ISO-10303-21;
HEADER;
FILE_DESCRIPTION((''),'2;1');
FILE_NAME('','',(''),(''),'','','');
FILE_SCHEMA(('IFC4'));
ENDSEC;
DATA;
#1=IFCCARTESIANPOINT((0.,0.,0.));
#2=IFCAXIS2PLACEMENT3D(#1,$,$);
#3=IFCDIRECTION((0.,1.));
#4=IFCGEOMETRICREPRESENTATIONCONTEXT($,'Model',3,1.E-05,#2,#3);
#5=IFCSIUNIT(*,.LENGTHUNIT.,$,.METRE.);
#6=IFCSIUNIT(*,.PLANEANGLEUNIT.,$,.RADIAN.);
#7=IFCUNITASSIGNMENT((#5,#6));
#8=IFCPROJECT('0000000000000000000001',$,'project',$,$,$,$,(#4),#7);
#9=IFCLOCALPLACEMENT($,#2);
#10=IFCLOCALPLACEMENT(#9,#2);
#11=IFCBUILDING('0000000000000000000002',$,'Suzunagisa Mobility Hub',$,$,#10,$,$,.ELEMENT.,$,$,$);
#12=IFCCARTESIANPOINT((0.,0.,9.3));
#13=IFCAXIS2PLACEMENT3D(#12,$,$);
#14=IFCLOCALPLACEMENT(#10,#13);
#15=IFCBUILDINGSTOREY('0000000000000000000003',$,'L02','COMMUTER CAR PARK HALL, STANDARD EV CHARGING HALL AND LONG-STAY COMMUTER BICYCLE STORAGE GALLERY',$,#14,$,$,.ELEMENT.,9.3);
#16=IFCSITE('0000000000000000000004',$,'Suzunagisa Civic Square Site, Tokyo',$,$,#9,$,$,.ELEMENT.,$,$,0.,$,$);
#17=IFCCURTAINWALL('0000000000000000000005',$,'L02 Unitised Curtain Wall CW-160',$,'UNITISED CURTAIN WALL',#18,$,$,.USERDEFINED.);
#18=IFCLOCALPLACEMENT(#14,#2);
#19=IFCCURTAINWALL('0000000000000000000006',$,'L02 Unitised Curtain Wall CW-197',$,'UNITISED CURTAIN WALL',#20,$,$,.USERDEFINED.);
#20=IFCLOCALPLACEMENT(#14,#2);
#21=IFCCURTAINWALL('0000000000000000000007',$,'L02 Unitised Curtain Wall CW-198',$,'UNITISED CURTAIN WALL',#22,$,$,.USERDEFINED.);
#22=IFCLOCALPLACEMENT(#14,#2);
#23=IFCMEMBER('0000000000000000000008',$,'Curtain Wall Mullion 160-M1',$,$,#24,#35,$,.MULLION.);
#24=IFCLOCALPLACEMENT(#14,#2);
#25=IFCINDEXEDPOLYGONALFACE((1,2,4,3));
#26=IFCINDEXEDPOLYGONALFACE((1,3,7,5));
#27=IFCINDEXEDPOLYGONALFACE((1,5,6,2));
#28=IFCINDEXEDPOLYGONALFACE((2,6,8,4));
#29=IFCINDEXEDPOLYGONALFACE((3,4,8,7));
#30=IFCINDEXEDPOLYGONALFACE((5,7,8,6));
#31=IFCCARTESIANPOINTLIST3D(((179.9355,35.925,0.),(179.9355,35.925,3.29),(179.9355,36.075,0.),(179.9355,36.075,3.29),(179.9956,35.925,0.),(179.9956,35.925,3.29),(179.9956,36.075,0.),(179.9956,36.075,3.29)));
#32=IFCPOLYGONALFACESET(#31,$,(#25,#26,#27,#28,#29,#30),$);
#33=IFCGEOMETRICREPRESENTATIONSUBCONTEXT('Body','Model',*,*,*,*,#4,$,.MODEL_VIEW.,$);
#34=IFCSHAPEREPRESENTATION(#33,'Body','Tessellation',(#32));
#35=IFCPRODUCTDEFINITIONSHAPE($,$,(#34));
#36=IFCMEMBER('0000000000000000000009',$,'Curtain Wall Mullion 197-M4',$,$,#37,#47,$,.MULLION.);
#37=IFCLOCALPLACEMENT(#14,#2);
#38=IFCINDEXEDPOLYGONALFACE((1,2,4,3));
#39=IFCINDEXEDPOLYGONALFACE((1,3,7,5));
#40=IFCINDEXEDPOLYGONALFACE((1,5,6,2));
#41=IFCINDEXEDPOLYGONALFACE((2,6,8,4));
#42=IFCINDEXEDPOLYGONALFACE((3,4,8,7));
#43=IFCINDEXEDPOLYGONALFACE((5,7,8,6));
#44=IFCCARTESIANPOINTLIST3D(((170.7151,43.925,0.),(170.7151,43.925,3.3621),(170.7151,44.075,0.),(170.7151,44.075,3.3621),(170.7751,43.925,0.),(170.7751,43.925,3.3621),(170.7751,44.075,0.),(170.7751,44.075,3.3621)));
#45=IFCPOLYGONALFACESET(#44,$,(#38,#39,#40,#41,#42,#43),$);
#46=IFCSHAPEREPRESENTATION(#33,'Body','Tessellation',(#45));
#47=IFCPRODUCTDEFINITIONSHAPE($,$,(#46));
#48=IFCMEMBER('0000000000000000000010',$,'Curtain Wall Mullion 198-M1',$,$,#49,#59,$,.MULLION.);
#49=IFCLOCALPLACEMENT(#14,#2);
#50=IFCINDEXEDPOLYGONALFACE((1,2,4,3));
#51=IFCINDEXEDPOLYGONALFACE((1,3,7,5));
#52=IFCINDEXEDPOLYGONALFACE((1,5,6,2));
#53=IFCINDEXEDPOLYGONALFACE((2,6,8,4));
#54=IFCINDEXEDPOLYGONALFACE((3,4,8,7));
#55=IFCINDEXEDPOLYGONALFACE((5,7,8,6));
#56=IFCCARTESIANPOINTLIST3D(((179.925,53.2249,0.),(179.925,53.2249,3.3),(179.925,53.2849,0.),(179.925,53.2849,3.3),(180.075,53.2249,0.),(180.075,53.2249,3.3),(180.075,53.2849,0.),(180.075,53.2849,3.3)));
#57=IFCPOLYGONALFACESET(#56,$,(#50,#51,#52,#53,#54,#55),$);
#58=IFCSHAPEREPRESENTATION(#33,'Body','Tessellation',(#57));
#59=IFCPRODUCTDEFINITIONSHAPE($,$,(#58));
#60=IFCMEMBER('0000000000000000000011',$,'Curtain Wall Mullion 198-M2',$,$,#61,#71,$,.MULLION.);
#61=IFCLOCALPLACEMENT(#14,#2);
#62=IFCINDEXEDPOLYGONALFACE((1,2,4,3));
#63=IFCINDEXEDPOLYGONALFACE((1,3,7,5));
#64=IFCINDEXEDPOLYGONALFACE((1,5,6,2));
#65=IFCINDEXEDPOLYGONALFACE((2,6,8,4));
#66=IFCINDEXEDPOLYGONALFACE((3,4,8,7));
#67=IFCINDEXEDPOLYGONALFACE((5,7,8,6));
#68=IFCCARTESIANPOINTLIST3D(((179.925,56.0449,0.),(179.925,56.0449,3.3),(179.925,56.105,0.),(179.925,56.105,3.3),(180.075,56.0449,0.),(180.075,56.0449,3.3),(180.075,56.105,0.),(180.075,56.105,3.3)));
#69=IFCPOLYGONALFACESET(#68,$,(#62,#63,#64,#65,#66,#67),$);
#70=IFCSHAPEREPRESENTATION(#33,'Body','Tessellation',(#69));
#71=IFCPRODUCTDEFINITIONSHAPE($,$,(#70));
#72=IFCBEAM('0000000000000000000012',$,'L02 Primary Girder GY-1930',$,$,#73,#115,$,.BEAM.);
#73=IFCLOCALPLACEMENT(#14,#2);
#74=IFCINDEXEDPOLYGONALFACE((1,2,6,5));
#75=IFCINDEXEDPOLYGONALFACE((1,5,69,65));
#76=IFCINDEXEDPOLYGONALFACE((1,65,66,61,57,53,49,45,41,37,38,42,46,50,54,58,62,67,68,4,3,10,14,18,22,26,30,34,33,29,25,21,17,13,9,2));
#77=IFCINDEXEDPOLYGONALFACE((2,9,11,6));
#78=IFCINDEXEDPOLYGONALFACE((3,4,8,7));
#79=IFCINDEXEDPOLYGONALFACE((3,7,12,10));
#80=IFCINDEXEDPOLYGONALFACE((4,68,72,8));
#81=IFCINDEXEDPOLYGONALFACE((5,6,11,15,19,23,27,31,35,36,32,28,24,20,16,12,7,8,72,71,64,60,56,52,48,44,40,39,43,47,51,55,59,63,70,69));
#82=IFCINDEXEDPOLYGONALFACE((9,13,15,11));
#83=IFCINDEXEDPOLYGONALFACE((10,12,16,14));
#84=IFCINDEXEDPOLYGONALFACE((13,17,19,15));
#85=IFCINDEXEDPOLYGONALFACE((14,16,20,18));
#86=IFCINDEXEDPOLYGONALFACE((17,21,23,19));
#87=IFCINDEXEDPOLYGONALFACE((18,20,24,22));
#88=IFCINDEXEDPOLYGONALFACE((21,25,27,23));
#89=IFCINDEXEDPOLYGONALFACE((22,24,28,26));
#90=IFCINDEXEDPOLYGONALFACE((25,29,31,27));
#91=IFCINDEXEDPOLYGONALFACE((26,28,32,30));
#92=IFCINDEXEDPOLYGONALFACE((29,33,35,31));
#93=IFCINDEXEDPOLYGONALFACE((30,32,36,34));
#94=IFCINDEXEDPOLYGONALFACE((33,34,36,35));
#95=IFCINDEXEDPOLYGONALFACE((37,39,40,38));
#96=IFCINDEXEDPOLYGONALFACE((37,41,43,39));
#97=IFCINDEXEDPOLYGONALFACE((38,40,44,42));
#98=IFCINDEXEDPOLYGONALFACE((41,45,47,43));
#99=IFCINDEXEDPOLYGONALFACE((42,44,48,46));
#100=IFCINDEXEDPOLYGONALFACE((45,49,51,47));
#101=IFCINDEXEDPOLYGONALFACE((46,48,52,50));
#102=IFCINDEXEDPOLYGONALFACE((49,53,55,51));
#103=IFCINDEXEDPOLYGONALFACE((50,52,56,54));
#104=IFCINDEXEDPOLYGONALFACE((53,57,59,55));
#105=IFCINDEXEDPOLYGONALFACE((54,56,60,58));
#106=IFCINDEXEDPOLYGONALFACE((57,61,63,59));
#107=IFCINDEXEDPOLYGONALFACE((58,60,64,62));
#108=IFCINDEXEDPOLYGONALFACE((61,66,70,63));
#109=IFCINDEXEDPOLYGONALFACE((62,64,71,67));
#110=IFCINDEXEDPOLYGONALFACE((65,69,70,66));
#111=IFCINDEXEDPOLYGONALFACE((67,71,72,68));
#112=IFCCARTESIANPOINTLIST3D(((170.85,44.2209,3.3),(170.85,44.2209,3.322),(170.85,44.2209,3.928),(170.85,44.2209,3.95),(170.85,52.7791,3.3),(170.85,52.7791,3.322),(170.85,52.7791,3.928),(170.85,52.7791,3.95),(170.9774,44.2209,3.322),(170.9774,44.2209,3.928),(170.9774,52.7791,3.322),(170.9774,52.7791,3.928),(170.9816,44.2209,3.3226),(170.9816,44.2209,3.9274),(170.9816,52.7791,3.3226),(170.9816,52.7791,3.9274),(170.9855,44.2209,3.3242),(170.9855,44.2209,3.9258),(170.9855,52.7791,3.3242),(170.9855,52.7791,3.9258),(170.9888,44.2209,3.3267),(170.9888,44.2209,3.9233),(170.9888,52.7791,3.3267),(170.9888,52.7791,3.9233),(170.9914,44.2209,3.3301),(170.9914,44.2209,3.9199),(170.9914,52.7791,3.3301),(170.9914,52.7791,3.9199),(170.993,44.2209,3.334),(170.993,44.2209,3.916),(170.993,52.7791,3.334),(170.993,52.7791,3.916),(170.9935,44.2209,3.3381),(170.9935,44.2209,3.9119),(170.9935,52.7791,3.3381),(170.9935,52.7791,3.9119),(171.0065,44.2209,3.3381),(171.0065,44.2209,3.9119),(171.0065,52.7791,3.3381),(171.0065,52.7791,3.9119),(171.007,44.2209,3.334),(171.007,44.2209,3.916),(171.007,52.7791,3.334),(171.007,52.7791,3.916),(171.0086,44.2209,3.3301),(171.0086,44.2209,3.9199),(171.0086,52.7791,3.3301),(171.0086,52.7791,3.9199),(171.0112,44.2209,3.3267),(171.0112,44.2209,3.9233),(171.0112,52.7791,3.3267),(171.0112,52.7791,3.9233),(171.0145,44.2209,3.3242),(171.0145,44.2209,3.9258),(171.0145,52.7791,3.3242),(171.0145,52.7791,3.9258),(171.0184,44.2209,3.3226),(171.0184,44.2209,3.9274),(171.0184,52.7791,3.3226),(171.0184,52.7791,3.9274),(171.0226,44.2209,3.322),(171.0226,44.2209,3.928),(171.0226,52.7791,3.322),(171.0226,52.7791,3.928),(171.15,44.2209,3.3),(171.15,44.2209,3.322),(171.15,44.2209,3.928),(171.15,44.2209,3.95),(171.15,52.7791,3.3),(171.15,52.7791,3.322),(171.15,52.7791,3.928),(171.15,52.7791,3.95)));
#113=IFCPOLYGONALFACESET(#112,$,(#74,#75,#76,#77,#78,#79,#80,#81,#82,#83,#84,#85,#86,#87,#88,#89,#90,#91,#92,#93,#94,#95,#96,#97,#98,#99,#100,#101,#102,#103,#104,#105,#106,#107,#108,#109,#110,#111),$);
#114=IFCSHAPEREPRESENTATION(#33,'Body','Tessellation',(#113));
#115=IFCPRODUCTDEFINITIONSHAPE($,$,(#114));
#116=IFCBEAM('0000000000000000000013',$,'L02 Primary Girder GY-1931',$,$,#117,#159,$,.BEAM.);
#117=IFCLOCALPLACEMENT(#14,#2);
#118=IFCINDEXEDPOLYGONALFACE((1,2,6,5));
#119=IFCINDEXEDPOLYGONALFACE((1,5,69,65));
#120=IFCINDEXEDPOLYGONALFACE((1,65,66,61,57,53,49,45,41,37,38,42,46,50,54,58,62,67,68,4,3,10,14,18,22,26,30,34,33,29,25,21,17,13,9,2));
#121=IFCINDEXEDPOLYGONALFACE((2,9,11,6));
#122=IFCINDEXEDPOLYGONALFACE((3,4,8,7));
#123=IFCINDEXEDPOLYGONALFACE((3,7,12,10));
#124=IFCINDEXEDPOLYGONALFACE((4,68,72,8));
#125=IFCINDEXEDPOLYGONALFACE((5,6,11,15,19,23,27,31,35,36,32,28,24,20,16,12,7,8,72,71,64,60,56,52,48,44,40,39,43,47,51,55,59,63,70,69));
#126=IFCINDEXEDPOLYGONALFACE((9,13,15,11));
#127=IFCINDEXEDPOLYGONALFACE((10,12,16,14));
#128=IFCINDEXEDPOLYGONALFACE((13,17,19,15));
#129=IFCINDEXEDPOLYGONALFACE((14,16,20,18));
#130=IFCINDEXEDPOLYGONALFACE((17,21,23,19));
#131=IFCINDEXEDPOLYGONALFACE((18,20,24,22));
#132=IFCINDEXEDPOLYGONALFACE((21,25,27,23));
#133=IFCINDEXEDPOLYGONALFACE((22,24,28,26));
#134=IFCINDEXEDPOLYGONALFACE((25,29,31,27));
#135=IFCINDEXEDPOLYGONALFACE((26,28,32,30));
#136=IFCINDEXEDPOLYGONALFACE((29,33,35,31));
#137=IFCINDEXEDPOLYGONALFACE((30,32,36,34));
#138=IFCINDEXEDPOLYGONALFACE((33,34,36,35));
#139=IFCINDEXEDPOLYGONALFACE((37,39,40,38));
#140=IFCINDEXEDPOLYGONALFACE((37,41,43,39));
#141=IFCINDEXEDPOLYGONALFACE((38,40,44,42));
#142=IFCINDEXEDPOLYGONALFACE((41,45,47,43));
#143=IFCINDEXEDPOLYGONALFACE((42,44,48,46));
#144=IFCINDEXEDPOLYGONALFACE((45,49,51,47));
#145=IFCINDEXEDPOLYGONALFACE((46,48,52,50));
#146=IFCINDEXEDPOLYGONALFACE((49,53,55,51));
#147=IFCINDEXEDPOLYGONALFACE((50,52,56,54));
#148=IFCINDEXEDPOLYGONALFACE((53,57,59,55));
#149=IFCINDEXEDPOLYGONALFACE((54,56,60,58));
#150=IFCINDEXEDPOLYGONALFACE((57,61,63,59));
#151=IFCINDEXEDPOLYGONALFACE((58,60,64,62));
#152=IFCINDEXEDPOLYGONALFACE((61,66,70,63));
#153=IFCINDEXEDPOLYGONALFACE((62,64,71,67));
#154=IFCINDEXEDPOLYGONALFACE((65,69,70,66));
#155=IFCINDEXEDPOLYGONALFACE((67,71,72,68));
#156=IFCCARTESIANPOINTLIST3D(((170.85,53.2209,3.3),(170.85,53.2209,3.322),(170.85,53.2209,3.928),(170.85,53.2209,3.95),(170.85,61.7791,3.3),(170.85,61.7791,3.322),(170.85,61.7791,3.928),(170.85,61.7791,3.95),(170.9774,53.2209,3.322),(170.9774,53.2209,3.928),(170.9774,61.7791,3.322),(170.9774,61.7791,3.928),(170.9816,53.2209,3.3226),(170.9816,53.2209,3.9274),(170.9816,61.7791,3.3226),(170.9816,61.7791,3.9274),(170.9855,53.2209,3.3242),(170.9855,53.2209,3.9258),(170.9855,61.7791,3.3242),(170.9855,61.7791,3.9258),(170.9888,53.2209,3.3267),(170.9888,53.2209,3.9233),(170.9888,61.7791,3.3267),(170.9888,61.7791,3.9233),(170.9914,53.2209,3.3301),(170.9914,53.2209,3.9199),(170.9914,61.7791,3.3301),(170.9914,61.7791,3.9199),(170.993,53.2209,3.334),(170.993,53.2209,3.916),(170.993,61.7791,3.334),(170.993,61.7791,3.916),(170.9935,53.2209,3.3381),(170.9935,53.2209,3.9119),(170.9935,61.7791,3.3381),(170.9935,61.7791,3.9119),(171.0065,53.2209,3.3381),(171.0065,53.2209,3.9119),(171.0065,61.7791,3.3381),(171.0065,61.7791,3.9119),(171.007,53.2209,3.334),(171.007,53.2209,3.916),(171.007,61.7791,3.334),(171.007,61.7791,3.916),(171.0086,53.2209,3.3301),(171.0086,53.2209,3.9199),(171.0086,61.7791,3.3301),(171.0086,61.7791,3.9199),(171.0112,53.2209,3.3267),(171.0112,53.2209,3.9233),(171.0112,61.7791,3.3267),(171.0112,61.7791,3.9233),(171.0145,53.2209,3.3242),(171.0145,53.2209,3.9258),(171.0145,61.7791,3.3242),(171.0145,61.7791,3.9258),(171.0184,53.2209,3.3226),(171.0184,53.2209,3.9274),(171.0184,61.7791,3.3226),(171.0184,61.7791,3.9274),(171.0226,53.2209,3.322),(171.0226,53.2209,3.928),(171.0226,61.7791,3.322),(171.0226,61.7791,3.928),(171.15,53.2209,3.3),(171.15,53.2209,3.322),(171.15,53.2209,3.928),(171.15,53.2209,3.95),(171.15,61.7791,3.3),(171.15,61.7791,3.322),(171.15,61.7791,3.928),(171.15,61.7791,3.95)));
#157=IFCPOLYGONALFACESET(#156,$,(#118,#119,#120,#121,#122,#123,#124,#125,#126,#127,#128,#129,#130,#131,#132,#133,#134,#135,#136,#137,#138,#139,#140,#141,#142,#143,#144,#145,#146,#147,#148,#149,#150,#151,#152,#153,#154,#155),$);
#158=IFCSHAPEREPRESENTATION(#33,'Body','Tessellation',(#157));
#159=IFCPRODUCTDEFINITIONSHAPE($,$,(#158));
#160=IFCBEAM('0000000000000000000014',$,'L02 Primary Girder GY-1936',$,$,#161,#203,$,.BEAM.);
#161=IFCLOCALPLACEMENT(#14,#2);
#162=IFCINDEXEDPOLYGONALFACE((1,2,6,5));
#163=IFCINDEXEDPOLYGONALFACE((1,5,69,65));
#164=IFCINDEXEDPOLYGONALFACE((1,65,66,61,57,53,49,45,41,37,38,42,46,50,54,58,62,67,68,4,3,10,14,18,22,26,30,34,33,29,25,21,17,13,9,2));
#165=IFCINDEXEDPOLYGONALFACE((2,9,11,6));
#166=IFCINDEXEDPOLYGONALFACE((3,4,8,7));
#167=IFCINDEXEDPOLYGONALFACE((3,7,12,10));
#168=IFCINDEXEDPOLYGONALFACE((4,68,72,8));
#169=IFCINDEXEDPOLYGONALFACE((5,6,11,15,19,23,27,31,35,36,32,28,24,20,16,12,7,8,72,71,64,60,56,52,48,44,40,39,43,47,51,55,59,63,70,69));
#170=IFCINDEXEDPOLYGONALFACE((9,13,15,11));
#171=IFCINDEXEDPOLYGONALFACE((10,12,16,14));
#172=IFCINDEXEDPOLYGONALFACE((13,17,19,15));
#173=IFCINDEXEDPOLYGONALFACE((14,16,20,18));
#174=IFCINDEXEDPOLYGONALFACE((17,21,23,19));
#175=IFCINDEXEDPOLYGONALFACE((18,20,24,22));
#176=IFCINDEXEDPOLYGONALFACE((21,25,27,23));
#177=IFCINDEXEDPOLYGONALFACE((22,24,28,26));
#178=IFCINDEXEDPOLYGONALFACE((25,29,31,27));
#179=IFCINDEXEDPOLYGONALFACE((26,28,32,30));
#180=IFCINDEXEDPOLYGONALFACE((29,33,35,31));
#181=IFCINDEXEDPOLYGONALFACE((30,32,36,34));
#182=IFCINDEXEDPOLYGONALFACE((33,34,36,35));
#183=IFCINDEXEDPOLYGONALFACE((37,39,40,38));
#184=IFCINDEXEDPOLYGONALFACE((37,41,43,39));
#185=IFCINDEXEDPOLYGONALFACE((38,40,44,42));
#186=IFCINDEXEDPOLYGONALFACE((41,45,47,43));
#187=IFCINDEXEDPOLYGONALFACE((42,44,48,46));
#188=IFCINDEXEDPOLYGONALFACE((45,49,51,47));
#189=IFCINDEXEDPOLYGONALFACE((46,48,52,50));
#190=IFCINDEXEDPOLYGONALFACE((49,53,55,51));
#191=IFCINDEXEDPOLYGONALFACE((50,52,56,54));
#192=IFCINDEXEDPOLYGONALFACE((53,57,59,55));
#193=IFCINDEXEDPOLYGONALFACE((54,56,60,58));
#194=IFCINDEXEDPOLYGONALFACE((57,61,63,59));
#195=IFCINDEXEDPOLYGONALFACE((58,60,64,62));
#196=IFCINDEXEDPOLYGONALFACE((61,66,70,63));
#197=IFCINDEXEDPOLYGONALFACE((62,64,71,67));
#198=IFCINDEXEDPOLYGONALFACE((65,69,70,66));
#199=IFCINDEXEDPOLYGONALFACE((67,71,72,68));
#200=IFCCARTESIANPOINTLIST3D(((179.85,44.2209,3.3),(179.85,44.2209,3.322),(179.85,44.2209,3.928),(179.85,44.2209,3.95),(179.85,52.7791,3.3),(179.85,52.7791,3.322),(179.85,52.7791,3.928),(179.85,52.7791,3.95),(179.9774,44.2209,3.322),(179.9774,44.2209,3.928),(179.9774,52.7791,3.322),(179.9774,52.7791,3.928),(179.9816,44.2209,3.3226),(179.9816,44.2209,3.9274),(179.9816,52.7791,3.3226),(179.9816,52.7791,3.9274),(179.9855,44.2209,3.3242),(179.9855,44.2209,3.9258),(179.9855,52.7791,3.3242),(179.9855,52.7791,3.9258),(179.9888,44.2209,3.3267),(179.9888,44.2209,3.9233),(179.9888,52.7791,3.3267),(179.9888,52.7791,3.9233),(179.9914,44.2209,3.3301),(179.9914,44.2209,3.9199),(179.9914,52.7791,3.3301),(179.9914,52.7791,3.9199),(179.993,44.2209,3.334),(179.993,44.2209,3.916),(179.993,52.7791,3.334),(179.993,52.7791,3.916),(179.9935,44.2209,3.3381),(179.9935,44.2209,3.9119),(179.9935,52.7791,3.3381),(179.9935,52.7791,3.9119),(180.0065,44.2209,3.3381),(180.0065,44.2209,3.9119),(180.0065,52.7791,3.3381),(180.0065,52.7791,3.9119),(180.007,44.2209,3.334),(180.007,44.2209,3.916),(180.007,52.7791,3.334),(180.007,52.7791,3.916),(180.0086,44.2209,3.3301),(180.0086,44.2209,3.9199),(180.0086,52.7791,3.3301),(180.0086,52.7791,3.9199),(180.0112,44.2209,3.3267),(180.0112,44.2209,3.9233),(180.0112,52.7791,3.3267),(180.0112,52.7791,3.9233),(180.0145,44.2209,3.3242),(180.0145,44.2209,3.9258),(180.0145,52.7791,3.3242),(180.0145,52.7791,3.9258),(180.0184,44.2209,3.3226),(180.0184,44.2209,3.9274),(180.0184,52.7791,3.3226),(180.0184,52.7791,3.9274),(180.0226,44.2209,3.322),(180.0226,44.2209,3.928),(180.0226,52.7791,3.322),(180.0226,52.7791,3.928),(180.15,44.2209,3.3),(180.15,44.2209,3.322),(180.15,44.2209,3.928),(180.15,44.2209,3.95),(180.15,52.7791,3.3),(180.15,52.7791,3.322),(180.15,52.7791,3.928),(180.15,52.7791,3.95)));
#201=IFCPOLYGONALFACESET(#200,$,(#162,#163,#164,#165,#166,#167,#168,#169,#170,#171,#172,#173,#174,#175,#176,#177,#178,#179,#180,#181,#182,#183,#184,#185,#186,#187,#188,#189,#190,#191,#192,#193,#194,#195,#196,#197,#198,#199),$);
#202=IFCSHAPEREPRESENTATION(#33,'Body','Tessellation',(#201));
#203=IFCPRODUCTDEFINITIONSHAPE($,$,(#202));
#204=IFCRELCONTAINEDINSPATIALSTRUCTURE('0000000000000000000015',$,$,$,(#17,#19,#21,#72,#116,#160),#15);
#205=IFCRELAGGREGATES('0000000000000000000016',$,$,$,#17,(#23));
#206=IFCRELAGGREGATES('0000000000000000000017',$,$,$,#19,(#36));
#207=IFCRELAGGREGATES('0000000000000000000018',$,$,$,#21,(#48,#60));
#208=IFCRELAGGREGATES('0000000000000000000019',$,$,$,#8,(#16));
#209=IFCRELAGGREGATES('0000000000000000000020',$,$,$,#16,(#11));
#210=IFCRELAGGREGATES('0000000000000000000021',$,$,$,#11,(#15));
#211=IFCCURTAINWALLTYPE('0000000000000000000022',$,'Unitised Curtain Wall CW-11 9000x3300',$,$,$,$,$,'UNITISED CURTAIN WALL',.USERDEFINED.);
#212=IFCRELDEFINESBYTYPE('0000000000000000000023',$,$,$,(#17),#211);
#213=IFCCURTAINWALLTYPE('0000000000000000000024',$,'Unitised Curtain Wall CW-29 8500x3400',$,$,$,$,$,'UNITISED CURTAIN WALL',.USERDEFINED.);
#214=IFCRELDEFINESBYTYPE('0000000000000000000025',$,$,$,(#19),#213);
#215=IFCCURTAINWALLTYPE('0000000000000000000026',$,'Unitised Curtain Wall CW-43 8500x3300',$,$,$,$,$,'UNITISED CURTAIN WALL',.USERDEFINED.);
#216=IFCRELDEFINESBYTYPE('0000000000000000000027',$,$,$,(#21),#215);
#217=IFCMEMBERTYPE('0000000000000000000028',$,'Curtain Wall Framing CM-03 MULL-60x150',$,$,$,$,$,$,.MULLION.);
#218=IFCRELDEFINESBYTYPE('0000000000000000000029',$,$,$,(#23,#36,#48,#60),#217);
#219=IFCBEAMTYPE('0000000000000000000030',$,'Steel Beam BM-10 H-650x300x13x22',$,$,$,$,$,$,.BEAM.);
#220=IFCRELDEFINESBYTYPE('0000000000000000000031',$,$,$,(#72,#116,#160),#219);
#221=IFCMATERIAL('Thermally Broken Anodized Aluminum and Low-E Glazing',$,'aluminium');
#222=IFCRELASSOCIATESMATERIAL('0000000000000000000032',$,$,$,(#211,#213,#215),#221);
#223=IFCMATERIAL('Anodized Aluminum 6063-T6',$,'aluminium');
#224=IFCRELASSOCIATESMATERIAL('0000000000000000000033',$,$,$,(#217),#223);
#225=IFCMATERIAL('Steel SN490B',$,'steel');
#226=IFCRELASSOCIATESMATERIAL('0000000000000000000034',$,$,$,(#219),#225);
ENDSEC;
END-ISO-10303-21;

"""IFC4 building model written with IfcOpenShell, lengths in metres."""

from ifc_helpers import new_model, si_unit, direction, frame, origin, origin_2d, place, context, subcontext, project, spatial, rectangle, i_section, extrude, material, material_profile, profile_set, type_object, element, aggregate, save


model = new_model("IFC4")

# Units and contexts
model_context = context("Model", 3, precision=1e-05, world=origin(), true_north=direction((0.0, 1.0)))
body_context = subcontext(model_context, "Body", "Model", "MODEL_VIEW")
ifc_project = project(units=[si_unit("LENGTHUNIT", "METRE"), si_unit("PLANEANGLEUNIT", "RADIAN")], contexts=[model_context])

# Site, building, storey
site_placement = place(None, origin())
site = spatial("IfcSite", under=ifc_project, at=site_placement, Name="Suzunagisa Civic Square Site, Tokyo", CompositionType="ELEMENT", RefElevation=0.0)
building_placement = place(site_placement, origin())
building = spatial("IfcBuilding", under=site, at=building_placement, Name="Suzunagisa Mobility Hub", CompositionType="ELEMENT")
storey_placement = place(building_placement, frame((0.0, 0.0, 9.3)))
storey = spatial("IfcBuildingStorey", under=building, at=storey_placement, Name="L02", Description="COMMUTER CAR PARK HALL, STANDARD EV CHARGING HALL AND LONG-STAY COMMUTER BICYCLE STORAGE GALLERY", CompositionType="ELEMENT", Elevation=9.3)

# Shared definitions
ifc_material_1 = material(Name="Steel SN490B", Category="steel")

# Curtain wall
ifc_material_2 = material(Name="Thermally Broken Anodized Aluminum and Low-E Glazing", Category="aluminium")
curtain_wall_type_1 = type_object("IfcCurtainWallType", Name="Unitised Curtain Wall CW-11 9000x3300", ElementType="UNITISED CURTAIN WALL", PredefinedType="USERDEFINED", material=ifc_material_2)
curtain_wall_1_placement = place(storey_placement, origin())
curtain_wall_1 = element("IfcCurtainWall", 1, at=curtain_wall_1_placement, inside=storey, type_object=curtain_wall_type_1, Name="L02 Unitised Curtain Wall CW-160", ObjectType="UNITISED CURTAIN WALL", PredefinedType="USERDEFINED")
ifc_material_3 = material(Name="Anodized Aluminum 6063-T6", Category="aluminium")

# Curtain walls
curtain_wall_type_2 = type_object("IfcCurtainWallType", Name="Unitised Curtain Wall CW-29 8500x3400", ElementType="UNITISED CURTAIN WALL", PredefinedType="USERDEFINED", material=ifc_material_2)
curtain_wall_2_placement = place(storey_placement, origin())
curtain_wall_2 = element("IfcCurtainWall", 2, at=curtain_wall_2_placement, inside=storey, type_object=curtain_wall_type_2, Name="L02 Unitised Curtain Wall CW-197", ObjectType="UNITISED CURTAIN WALL", PredefinedType="USERDEFINED")
curtain_wall_type_3 = type_object("IfcCurtainWallType", Name="Unitised Curtain Wall CW-43 8500x3300", ElementType="UNITISED CURTAIN WALL", PredefinedType="USERDEFINED", material=ifc_material_2)
curtain_wall_3_placement = place(storey_placement, origin())
curtain_wall_3 = element("IfcCurtainWall", 3, at=curtain_wall_3_placement, inside=storey, type_object=curtain_wall_type_3, Name="L02 Unitised Curtain Wall CW-198", ObjectType="UNITISED CURTAIN WALL", PredefinedType="USERDEFINED")

# Members
ifc_material_profile_1 = material_profile(ifc_material_3, rectangle(XDim=0.0601, YDim=0.1499, at=origin_2d()), Name="MULL-60x150")
ifc_profile_set_1 = profile_set([ifc_material_profile_1], Name="Anodized Aluminum 6063-T6")
member_type_1 = type_object("IfcMemberType", Name="Curtain Wall Framing CM-03 MULL-60x150", PredefinedType="MULLION", material=ifc_profile_set_1)
member_1_placement = place(storey_placement, frame((179.9656, 36.0, 0.0), z_axis=(0.0, 0.0, 1.0), x_axis=(-1.0, 0.0, 0.0)))
member_1 = element("IfcMember", 4, at=member_1_placement, type_object=member_type_1, Name="Curtain Wall Mullion 160-M1", PredefinedType="MULLION", context=body_context, shape_type="SweptSolid", body=[
    extrude(rectangle(XDim=0.0601, YDim=0.1499, at=origin_2d()), origin(), (0.0, 0.0, 1.0), 3.29),
])
aggregate(curtain_wall_1, [member_1])
member_2_placement = place(storey_placement, frame((170.7451, 44.0, 0.0), z_axis=(0.0, 0.0, 1.0), x_axis=(1.0, 0.0, 0.0)))
member_2 = element("IfcMember", 5, at=member_2_placement, type_object=member_type_1, Name="Curtain Wall Mullion 197-M4", PredefinedType="MULLION", context=body_context, shape_type="SweptSolid", body=[
    extrude(rectangle(XDim=0.0601, YDim=0.1499, at=origin_2d()), origin(), (0.0, 0.0, 1.0), 3.3621),
])
member_3_placement = place(storey_placement, frame((180.0, 53.2549, 0.0), z_axis=(0.0, 0.0, 1.0), x_axis=(0.0, 1.0, 0.0)))
member_3 = element("IfcMember", 6, at=member_3_placement, type_object=member_type_1, Name="Curtain Wall Mullion 198-M1", PredefinedType="MULLION", context=body_context, shape_type="SweptSolid", body=[
    extrude(rectangle(XDim=0.0601, YDim=0.1499, at=origin_2d()), origin(), (0.0, 0.0, 1.0), 3.3),
])
member_4_placement = place(storey_placement, frame((180.0, 56.075, 0.0), z_axis=(0.0, 0.0, 1.0), x_axis=(0.0, 1.0, 0.0)))
member_4 = element("IfcMember", 7, at=member_4_placement, type_object=member_type_1, Name="Curtain Wall Mullion 198-M2", PredefinedType="MULLION", context=body_context, shape_type="SweptSolid", body=[
    extrude(rectangle(XDim=0.0601, YDim=0.1499, at=origin_2d()), origin(), (0.0, 0.0, 1.0), 3.3),
])

# Beams
ifc_material_profile_2 = material_profile(ifc_material_1, i_section(OverallWidth=0.3, OverallDepth=0.6499, WebThickness=0.0129, FlangeThickness=0.022, FilletRadius=0.0161, at=origin_2d()), Name="H-650x300x13x22")
ifc_profile_set_2 = profile_set([ifc_material_profile_2], Name="Steel SN490B")
beam_type_1 = type_object("IfcBeamType", Name="Steel Beam BM-10 H-650x300x13x22", PredefinedType="BEAM", material=ifc_profile_set_2)
for number, where, z_axis, x_axis, name in (
    (8, (171.0, 44.2209, 3.625), (0.0, 1.0, 0.0), (-1.0, 0.0, 0.0), "L02 Primary Girder GY-1930"),
    (9, (171.0, 53.2209, 3.625), (0.0, 1.0, 0.0), (-1.0, 0.0, 0.0), "L02 Primary Girder GY-1931"),
    (10, (180.0, 44.2209, 3.625), (0.0, 1.0, 0.0), (-1.0, 0.0, 0.0), "L02 Primary Girder GY-1936"),
):
    element("IfcBeam", number, at=place(storey_placement, frame(where, z_axis=z_axis, x_axis=x_axis)), inside=storey, type_object=beam_type_1, Name=name, PredefinedType="BEAM", context=body_context, shape_type="SweptSolid", body=[
        extrude(i_section(OverallWidth=0.3, OverallDepth=0.6499, WebThickness=0.0129, FlangeThickness=0.022, FilletRadius=0.0161, at=origin_2d()), origin(), (0.0, 0.0, 1.0), 8.5581),
    ])

aggregate(curtain_wall_2, [member_2])
aggregate(curtain_wall_3, [member_3, member_4])

save(model, "model.ifc")
